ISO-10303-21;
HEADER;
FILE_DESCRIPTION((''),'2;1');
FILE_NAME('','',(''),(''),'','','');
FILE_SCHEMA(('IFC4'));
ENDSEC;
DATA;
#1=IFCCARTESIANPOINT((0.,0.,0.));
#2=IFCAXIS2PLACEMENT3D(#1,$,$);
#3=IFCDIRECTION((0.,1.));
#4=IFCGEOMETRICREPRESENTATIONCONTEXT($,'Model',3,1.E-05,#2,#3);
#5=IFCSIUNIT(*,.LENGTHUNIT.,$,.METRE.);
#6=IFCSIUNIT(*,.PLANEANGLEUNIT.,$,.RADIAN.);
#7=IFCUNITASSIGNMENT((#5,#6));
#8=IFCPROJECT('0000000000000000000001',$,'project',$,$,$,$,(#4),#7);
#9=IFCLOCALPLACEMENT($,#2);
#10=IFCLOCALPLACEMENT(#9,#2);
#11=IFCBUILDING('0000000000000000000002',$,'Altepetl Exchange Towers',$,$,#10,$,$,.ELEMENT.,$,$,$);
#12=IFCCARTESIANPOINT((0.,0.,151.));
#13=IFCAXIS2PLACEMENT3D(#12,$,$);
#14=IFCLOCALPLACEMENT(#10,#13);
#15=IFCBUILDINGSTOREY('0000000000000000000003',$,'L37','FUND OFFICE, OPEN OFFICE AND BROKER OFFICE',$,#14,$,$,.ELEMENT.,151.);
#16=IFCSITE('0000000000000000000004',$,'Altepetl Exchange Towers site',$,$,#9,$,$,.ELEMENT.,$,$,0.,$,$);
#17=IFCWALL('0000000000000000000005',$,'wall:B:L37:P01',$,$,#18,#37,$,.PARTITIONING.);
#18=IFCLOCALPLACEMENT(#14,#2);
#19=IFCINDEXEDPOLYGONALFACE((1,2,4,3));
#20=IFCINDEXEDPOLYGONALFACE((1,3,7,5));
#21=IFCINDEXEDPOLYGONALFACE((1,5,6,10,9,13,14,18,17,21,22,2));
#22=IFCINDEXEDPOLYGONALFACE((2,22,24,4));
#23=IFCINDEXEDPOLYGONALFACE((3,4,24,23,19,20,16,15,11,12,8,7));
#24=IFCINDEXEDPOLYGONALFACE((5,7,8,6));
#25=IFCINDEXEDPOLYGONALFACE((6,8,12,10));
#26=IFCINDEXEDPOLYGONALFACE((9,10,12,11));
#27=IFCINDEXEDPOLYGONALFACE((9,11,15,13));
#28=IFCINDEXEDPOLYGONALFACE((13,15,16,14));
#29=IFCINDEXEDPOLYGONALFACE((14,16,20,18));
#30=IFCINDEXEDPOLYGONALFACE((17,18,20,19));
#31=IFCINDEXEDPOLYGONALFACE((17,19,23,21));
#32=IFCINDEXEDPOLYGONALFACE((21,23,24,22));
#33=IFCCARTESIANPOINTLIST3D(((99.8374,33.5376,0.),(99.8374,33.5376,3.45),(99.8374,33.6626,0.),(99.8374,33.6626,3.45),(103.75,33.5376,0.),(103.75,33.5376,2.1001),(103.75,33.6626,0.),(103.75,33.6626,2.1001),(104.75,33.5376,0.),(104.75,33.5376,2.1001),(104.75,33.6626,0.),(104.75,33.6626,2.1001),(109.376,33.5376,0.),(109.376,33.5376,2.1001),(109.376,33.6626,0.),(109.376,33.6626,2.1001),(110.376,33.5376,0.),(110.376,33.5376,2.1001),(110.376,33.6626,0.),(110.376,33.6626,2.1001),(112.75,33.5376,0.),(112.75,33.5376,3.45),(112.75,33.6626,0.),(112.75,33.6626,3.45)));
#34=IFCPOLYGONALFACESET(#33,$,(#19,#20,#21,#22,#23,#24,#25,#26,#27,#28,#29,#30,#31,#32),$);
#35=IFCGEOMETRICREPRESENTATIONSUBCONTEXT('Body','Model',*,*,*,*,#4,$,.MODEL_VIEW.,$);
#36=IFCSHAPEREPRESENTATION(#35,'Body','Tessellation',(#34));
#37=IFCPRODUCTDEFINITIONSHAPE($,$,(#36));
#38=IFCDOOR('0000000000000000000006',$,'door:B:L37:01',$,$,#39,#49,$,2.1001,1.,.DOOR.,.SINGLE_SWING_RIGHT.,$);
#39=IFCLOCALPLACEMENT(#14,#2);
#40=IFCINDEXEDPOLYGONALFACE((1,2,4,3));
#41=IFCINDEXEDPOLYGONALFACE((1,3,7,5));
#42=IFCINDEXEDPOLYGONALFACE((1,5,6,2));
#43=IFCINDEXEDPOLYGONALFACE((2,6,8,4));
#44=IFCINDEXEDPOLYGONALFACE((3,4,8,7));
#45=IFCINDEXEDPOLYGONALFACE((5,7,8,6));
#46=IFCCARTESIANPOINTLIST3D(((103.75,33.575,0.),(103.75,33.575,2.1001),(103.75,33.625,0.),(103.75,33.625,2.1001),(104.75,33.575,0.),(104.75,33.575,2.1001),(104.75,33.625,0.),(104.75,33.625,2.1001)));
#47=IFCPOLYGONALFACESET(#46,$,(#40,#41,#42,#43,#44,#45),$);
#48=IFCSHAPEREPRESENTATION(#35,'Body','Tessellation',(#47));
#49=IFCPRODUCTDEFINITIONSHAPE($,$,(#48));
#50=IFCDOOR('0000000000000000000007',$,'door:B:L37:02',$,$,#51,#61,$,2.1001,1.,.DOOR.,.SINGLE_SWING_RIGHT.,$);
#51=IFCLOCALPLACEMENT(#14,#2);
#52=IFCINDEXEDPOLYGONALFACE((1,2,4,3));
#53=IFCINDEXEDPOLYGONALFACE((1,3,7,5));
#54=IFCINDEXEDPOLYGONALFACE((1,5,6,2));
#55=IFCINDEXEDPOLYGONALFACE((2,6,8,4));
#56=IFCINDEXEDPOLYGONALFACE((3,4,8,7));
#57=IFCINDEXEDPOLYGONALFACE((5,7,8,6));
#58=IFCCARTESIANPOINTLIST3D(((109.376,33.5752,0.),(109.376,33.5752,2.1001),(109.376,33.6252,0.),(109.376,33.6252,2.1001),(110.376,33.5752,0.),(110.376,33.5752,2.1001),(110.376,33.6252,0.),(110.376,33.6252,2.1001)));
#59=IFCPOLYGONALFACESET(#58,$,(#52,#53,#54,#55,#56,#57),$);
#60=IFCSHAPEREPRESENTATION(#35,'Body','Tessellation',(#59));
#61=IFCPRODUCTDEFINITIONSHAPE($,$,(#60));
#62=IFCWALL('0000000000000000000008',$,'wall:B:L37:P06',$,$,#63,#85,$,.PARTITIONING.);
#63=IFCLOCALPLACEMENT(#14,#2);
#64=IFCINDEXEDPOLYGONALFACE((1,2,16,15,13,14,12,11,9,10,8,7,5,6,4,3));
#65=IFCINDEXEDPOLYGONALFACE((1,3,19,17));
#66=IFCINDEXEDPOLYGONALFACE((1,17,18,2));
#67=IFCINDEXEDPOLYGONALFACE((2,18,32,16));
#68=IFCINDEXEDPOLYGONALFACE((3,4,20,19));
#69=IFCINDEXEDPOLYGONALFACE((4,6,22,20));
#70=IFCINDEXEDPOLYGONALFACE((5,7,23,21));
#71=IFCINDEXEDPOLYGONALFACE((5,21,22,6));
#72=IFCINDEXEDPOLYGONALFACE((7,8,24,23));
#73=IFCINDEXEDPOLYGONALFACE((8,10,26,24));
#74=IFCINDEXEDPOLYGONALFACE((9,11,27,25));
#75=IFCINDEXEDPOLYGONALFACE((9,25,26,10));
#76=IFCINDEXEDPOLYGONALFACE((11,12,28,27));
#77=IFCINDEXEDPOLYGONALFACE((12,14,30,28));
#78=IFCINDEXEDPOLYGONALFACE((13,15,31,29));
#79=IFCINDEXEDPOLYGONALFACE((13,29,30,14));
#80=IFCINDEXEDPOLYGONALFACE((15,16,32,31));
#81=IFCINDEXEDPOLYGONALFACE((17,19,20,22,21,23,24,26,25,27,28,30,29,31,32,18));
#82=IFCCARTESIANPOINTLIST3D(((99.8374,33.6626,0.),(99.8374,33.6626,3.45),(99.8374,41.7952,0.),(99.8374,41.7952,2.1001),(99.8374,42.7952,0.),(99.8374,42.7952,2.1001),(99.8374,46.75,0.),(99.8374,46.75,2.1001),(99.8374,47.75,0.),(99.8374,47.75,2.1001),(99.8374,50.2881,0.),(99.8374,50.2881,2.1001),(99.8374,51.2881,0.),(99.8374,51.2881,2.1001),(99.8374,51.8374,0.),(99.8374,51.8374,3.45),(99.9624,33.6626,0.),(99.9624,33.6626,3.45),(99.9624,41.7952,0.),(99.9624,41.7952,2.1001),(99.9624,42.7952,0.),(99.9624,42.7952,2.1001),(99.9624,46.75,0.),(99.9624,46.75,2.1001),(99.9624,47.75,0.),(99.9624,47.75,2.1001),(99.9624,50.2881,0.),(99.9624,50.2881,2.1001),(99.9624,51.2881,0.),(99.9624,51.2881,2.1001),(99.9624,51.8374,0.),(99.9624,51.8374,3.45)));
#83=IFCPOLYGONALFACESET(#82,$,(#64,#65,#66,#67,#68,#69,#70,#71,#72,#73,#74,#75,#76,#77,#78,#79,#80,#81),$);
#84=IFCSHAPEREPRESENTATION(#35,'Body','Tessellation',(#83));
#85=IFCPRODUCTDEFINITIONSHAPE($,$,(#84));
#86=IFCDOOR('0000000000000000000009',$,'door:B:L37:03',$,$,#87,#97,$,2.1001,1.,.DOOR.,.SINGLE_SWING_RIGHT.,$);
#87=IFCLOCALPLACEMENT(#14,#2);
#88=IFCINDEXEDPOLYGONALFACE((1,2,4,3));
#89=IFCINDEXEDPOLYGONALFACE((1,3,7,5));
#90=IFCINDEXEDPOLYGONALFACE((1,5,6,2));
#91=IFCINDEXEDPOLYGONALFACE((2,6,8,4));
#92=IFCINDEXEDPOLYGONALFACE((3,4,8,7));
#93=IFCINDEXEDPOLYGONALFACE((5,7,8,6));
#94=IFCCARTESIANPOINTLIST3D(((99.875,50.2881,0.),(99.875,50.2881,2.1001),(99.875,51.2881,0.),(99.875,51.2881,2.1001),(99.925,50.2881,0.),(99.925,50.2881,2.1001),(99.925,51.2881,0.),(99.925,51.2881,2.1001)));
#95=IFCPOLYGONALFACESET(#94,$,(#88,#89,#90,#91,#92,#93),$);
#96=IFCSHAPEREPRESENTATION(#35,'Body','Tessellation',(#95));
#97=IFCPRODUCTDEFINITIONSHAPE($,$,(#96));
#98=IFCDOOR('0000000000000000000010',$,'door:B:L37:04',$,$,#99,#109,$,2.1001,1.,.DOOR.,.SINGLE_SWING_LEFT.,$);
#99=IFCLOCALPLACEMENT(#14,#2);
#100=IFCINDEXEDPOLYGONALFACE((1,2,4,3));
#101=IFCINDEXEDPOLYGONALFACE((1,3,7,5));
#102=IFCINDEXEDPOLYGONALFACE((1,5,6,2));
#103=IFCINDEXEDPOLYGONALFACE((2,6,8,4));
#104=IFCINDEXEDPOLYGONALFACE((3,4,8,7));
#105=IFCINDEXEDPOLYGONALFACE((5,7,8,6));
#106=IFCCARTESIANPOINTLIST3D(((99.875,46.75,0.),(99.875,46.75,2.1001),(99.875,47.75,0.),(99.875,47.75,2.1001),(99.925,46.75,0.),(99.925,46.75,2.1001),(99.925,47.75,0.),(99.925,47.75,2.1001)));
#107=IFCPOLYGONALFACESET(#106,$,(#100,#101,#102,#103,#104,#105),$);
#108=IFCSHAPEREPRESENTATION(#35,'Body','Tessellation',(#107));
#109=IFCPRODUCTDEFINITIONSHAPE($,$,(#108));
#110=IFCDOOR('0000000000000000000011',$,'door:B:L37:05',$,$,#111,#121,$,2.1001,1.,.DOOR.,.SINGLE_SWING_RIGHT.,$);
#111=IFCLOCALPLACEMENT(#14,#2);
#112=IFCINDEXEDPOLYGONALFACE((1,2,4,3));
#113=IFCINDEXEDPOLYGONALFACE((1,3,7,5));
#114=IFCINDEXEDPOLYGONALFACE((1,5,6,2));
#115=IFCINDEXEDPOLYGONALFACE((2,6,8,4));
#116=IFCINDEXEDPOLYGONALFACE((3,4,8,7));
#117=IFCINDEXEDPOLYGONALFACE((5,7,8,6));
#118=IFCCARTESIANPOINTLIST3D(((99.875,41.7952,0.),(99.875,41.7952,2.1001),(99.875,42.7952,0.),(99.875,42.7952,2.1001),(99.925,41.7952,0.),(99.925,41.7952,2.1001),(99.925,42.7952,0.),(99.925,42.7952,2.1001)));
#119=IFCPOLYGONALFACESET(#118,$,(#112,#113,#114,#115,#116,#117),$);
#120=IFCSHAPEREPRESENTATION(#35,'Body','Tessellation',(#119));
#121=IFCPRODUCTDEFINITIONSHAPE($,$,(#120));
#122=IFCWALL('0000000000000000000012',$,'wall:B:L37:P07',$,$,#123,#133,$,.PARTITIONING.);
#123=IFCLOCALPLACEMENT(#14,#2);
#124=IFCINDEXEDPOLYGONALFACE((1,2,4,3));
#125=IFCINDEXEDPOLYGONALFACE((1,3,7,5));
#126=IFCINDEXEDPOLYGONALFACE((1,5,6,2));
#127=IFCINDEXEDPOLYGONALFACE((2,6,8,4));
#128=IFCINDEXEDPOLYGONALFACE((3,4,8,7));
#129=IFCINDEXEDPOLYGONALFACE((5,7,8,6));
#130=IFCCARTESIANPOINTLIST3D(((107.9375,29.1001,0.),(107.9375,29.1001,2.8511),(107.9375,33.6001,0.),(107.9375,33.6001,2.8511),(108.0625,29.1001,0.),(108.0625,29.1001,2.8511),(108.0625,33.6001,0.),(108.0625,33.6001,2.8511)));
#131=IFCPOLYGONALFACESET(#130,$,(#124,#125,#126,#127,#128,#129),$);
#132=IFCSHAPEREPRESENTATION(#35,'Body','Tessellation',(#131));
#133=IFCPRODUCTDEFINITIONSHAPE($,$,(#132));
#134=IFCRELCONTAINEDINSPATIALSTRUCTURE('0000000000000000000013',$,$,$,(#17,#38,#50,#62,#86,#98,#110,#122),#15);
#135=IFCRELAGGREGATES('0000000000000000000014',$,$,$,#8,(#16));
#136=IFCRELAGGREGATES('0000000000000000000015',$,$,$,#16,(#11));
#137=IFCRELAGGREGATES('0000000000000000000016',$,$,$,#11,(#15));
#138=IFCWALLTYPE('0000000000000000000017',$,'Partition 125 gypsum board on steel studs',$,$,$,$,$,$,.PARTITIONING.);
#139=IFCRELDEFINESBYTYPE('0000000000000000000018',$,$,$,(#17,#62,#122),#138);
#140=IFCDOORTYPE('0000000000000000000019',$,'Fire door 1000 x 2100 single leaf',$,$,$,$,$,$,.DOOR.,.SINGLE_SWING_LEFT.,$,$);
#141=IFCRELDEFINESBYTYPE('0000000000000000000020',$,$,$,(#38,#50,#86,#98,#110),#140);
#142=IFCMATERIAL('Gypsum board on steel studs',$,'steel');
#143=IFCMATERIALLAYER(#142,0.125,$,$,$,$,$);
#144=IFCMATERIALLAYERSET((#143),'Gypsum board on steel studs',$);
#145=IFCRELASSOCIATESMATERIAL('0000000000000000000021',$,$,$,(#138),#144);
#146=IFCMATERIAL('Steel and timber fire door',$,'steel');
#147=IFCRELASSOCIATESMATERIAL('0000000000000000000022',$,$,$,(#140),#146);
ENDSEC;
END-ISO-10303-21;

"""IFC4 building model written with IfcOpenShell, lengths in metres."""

from ifc_helpers import new_model, si_unit, direction, frame, frame_2d, origin, place, context, subcontext, project, spatial, rectangle, extrude, material, layer, layer_set, type_object, element, fill, save


model = new_model("IFC4")

# Units and contexts
model_context = context("Model", 3, precision=1e-05, world=origin(), true_north=direction((0.0, 1.0)))
body_context = subcontext(model_context, "Body", "Model", "MODEL_VIEW")
ifc_project = project(units=[si_unit("LENGTHUNIT", "METRE"), si_unit("PLANEANGLEUNIT", "RADIAN")], contexts=[model_context])

# Site, building, storey
site_placement = place(None, origin())
site = spatial("IfcSite", under=ifc_project, at=site_placement, Name="Altepetl Exchange Towers site", CompositionType="ELEMENT", RefElevation=0.0)
building_placement = place(site_placement, origin())
building = spatial("IfcBuilding", under=site, at=building_placement, Name="Altepetl Exchange Towers", CompositionType="ELEMENT")
storey_placement = place(building_placement, frame((0.0, 0.0, 151.0)))
storey = spatial("IfcBuildingStorey", under=building, at=storey_placement, Name="L37", Description="FUND OFFICE, OPEN OFFICE AND BROKER OFFICE", CompositionType="ELEMENT", Elevation=151.0)

# Walls, openings, doors
ifc_material_1 = material(Name="Gypsum board on steel studs", Category="steel")
ifc_layer_1 = layer(ifc_material_1, 0.125)
ifc_layer_set_1 = layer_set([ifc_layer_1], Name="Gypsum board on steel studs")
wall_type_1 = type_object("IfcWallType", Name="Partition 125 gypsum board on steel studs", PredefinedType="PARTITIONING", material=ifc_layer_set_1)
wall_1_placement = place(storey_placement, frame((99.8374, 33.6001, 0.0)))
wall_1 = element("IfcWall", 1, at=wall_1_placement, inside=storey, type_object=wall_type_1, Name="wall:B:L37:P01", PredefinedType="PARTITIONING", context=body_context, shape_type="SweptSolid", body=[
    extrude(rectangle(XDim=12.9126, YDim=0.125, at=frame_2d((6.4563, 0.0))), origin(), (0.0, 0.0, 1.0), 3.45),
])
opening_1_placement = place(wall_1_placement, frame((3.9126, 0.0, 0.0)))
opening_1 = element("IfcOpeningElement", 2, at=opening_1_placement, cuts=wall_1, PredefinedType="OPENING", context=body_context, shape_type="SweptSolid", body=[
    extrude(rectangle(XDim=1.0, YDim=2.1001, at=frame_2d((0.5, 1.05))), frame((0.0, 0.0725, 0.0), z_axis=(0.0, -1.0, 0.0), x_axis=(1.0, 0.0, 0.0)), (0.0, 0.0, 1.0), 0.145),
])
opening_2_placement = place(wall_1_placement, frame((9.5386, 0.0, 0.0)))
opening_2 = element("IfcOpeningElement", 3, at=opening_2_placement, cuts=wall_1, PredefinedType="OPENING", context=body_context, shape_type="SweptSolid", body=[
    extrude(rectangle(XDim=1.0, YDim=2.1001, at=frame_2d((0.5, 1.05))), frame((0.0, 0.0725, 0.0), z_axis=(0.0, -1.0, 0.0), x_axis=(1.0, 0.0, 0.0)), (0.0, 0.0, 1.0), 0.145),
])
ifc_material_2 = material(Name="Steel and timber fire door", Category="steel")
door_type_1 = type_object("IfcDoorType", Name="Fire door 1000 x 2100 single leaf", OperationType="SINGLE_SWING_LEFT", PredefinedType="DOOR", material=ifc_material_2)
door_1_placement = place(opening_1_placement, origin())
door_1 = element("IfcDoor", 4, at=door_1_placement, inside=storey, type_object=door_type_1, Name="door:B:L37:01", OperationType="SINGLE_SWING_RIGHT", OverallHeight=2.1001, OverallWidth=1.0, PredefinedType="DOOR", context=body_context, shape_type="SweptSolid", body=[
    extrude(rectangle(XDim=1.0, YDim=2.1001, at=frame_2d((0.5, 1.05))), frame((0.0, 0.0249, 0.0), z_axis=(0.0, -1.0, 0.0), x_axis=(1.0, 0.0, 0.0)), (0.0, 0.0, 1.0), 0.05),
])
fill(opening_1, door_1)
door_2_placement = place(opening_2_placement, frame((1.0, 0.0, 0.0), x_axis=(-1.0, 0.0, 0.0)))
door_2 = element("IfcDoor", 5, at=door_2_placement, inside=storey, type_object=door_type_1, Name="door:B:L37:02", OperationType="SINGLE_SWING_RIGHT", OverallHeight=2.1001, OverallWidth=1.0, PredefinedType="DOOR", context=body_context, shape_type="SweptSolid", body=[
    extrude(rectangle(XDim=1.0, YDim=2.1001, at=frame_2d((0.5, 1.05))), frame((0.0, 0.0249, 0.0), z_axis=(0.0, -1.0, 0.0), x_axis=(1.0, 0.0, 0.0)), (0.0, 0.0, 1.0), 0.05),
])
fill(opening_2, door_2)
wall_2_placement = place(storey_placement, frame((99.8999, 33.6626, 0.0), z_axis=(0.0, 0.0, 1.0), x_axis=(0.0, 1.0, 0.0)))
wall_2 = element("IfcWall", 6, at=wall_2_placement, inside=storey, type_object=wall_type_1, Name="wall:B:L37:P06", PredefinedType="PARTITIONING", context=body_context, shape_type="SweptSolid", body=[
    extrude(rectangle(XDim=18.1748, YDim=0.125, at=frame_2d((9.0874, 0.0))), origin(), (0.0, 0.0, 1.0), 3.45),
])
opening_3_placement = place(wall_2_placement, frame((16.6255, 0.0, 0.0)))
opening_3 = element("IfcOpeningElement", 7, at=opening_3_placement, cuts=wall_2, PredefinedType="OPENING", context=body_context, shape_type="SweptSolid", body=[
    extrude(rectangle(XDim=1.0, YDim=2.1001, at=frame_2d((0.5, 1.05))), frame((0.0, 0.0725, 0.0), z_axis=(0.0, -1.0, 0.0), x_axis=(1.0, 0.0, 0.0)), (0.0, 0.0, 1.0), 0.145),
])
opening_4_placement = place(wall_2_placement, frame((13.0874, 0.0, 0.0)))
opening_4 = element("IfcOpeningElement", 8, at=opening_4_placement, cuts=wall_2, PredefinedType="OPENING", context=body_context, shape_type="SweptSolid", body=[
    extrude(rectangle(XDim=1.0, YDim=2.1001, at=frame_2d((0.5, 1.05))), frame((0.0, 0.0725, 0.0), z_axis=(0.0, -1.0, 0.0), x_axis=(1.0, 0.0, 0.0)), (0.0, 0.0, 1.0), 0.145),
])
opening_5_placement = place(wall_2_placement, frame((8.1326, 0.0, 0.0)))
opening_5 = element("IfcOpeningElement", 9, at=opening_5_placement, cuts=wall_2, PredefinedType="OPENING", context=body_context, shape_type="SweptSolid", body=[
    extrude(rectangle(XDim=1.0, YDim=2.1001, at=frame_2d((0.5, 1.05))), frame((0.0, 0.0725, 0.0), z_axis=(0.0, -1.0, 0.0), x_axis=(1.0, 0.0, 0.0)), (0.0, 0.0, 1.0), 0.145),
])
door_3_placement = place(opening_3_placement, origin())
door_3 = element("IfcDoor", 10, at=door_3_placement, inside=storey, type_object=door_type_1, Name="door:B:L37:03", OperationType="SINGLE_SWING_RIGHT", OverallHeight=2.1001, OverallWidth=1.0, PredefinedType="DOOR", context=body_context, shape_type="SweptSolid", body=[
    extrude(rectangle(XDim=1.0, YDim=2.1001, at=frame_2d((0.5, 1.05))), frame((0.0, 0.0249, 0.0), z_axis=(0.0, -1.0, 0.0), x_axis=(1.0, 0.0, 0.0)), (0.0, 0.0, 1.0), 0.05),
])
fill(opening_3, door_3)
door_4_placement = place(opening_4_placement, origin())
door_4 = element("IfcDoor", 11, at=door_4_placement, inside=storey, type_object=door_type_1, Name="door:B:L37:04", OperationType="SINGLE_SWING_LEFT", OverallHeight=2.1001, OverallWidth=1.0, PredefinedType="DOOR", context=body_context, shape_type="SweptSolid", body=[
    extrude(rectangle(XDim=1.0, YDim=2.1001, at=frame_2d((0.5, 1.05))), frame((0.0, 0.0249, 0.0), z_axis=(0.0, -1.0, 0.0), x_axis=(1.0, 0.0, 0.0)), (0.0, 0.0, 1.0), 0.05),
])
fill(opening_4, door_4)
door_5_placement = place(opening_5_placement, origin())
door_5 = element("IfcDoor", 12, at=door_5_placement, inside=storey, type_object=door_type_1, Name="door:B:L37:05", OperationType="SINGLE_SWING_RIGHT", OverallHeight=2.1001, OverallWidth=1.0, PredefinedType="DOOR", context=body_context, shape_type="SweptSolid", body=[
    extrude(rectangle(XDim=1.0, YDim=2.1001, at=frame_2d((0.5, 1.05))), frame((0.0, 0.0249, 0.0), z_axis=(0.0, -1.0, 0.0), x_axis=(1.0, 0.0, 0.0)), (0.0, 0.0, 1.0), 0.05),
])
fill(opening_5, door_5)

# Wall
wall_3_placement = place(storey_placement, frame((108.0, 29.1001, 0.0), z_axis=(0.0, 0.0, 1.0), x_axis=(0.0, 1.0, 0.0)))
element("IfcWall", 13, at=wall_3_placement, inside=storey, type_object=wall_type_1, Name="wall:B:L37:P07", PredefinedType="PARTITIONING", context=body_context, shape_type="SweptSolid", body=[
    extrude(rectangle(XDim=4.5, YDim=0.125, at=frame_2d((2.25, 0.0))), origin(), (0.0, 0.0, 1.0), 2.8511),
])

save(model, "model.ifc")
